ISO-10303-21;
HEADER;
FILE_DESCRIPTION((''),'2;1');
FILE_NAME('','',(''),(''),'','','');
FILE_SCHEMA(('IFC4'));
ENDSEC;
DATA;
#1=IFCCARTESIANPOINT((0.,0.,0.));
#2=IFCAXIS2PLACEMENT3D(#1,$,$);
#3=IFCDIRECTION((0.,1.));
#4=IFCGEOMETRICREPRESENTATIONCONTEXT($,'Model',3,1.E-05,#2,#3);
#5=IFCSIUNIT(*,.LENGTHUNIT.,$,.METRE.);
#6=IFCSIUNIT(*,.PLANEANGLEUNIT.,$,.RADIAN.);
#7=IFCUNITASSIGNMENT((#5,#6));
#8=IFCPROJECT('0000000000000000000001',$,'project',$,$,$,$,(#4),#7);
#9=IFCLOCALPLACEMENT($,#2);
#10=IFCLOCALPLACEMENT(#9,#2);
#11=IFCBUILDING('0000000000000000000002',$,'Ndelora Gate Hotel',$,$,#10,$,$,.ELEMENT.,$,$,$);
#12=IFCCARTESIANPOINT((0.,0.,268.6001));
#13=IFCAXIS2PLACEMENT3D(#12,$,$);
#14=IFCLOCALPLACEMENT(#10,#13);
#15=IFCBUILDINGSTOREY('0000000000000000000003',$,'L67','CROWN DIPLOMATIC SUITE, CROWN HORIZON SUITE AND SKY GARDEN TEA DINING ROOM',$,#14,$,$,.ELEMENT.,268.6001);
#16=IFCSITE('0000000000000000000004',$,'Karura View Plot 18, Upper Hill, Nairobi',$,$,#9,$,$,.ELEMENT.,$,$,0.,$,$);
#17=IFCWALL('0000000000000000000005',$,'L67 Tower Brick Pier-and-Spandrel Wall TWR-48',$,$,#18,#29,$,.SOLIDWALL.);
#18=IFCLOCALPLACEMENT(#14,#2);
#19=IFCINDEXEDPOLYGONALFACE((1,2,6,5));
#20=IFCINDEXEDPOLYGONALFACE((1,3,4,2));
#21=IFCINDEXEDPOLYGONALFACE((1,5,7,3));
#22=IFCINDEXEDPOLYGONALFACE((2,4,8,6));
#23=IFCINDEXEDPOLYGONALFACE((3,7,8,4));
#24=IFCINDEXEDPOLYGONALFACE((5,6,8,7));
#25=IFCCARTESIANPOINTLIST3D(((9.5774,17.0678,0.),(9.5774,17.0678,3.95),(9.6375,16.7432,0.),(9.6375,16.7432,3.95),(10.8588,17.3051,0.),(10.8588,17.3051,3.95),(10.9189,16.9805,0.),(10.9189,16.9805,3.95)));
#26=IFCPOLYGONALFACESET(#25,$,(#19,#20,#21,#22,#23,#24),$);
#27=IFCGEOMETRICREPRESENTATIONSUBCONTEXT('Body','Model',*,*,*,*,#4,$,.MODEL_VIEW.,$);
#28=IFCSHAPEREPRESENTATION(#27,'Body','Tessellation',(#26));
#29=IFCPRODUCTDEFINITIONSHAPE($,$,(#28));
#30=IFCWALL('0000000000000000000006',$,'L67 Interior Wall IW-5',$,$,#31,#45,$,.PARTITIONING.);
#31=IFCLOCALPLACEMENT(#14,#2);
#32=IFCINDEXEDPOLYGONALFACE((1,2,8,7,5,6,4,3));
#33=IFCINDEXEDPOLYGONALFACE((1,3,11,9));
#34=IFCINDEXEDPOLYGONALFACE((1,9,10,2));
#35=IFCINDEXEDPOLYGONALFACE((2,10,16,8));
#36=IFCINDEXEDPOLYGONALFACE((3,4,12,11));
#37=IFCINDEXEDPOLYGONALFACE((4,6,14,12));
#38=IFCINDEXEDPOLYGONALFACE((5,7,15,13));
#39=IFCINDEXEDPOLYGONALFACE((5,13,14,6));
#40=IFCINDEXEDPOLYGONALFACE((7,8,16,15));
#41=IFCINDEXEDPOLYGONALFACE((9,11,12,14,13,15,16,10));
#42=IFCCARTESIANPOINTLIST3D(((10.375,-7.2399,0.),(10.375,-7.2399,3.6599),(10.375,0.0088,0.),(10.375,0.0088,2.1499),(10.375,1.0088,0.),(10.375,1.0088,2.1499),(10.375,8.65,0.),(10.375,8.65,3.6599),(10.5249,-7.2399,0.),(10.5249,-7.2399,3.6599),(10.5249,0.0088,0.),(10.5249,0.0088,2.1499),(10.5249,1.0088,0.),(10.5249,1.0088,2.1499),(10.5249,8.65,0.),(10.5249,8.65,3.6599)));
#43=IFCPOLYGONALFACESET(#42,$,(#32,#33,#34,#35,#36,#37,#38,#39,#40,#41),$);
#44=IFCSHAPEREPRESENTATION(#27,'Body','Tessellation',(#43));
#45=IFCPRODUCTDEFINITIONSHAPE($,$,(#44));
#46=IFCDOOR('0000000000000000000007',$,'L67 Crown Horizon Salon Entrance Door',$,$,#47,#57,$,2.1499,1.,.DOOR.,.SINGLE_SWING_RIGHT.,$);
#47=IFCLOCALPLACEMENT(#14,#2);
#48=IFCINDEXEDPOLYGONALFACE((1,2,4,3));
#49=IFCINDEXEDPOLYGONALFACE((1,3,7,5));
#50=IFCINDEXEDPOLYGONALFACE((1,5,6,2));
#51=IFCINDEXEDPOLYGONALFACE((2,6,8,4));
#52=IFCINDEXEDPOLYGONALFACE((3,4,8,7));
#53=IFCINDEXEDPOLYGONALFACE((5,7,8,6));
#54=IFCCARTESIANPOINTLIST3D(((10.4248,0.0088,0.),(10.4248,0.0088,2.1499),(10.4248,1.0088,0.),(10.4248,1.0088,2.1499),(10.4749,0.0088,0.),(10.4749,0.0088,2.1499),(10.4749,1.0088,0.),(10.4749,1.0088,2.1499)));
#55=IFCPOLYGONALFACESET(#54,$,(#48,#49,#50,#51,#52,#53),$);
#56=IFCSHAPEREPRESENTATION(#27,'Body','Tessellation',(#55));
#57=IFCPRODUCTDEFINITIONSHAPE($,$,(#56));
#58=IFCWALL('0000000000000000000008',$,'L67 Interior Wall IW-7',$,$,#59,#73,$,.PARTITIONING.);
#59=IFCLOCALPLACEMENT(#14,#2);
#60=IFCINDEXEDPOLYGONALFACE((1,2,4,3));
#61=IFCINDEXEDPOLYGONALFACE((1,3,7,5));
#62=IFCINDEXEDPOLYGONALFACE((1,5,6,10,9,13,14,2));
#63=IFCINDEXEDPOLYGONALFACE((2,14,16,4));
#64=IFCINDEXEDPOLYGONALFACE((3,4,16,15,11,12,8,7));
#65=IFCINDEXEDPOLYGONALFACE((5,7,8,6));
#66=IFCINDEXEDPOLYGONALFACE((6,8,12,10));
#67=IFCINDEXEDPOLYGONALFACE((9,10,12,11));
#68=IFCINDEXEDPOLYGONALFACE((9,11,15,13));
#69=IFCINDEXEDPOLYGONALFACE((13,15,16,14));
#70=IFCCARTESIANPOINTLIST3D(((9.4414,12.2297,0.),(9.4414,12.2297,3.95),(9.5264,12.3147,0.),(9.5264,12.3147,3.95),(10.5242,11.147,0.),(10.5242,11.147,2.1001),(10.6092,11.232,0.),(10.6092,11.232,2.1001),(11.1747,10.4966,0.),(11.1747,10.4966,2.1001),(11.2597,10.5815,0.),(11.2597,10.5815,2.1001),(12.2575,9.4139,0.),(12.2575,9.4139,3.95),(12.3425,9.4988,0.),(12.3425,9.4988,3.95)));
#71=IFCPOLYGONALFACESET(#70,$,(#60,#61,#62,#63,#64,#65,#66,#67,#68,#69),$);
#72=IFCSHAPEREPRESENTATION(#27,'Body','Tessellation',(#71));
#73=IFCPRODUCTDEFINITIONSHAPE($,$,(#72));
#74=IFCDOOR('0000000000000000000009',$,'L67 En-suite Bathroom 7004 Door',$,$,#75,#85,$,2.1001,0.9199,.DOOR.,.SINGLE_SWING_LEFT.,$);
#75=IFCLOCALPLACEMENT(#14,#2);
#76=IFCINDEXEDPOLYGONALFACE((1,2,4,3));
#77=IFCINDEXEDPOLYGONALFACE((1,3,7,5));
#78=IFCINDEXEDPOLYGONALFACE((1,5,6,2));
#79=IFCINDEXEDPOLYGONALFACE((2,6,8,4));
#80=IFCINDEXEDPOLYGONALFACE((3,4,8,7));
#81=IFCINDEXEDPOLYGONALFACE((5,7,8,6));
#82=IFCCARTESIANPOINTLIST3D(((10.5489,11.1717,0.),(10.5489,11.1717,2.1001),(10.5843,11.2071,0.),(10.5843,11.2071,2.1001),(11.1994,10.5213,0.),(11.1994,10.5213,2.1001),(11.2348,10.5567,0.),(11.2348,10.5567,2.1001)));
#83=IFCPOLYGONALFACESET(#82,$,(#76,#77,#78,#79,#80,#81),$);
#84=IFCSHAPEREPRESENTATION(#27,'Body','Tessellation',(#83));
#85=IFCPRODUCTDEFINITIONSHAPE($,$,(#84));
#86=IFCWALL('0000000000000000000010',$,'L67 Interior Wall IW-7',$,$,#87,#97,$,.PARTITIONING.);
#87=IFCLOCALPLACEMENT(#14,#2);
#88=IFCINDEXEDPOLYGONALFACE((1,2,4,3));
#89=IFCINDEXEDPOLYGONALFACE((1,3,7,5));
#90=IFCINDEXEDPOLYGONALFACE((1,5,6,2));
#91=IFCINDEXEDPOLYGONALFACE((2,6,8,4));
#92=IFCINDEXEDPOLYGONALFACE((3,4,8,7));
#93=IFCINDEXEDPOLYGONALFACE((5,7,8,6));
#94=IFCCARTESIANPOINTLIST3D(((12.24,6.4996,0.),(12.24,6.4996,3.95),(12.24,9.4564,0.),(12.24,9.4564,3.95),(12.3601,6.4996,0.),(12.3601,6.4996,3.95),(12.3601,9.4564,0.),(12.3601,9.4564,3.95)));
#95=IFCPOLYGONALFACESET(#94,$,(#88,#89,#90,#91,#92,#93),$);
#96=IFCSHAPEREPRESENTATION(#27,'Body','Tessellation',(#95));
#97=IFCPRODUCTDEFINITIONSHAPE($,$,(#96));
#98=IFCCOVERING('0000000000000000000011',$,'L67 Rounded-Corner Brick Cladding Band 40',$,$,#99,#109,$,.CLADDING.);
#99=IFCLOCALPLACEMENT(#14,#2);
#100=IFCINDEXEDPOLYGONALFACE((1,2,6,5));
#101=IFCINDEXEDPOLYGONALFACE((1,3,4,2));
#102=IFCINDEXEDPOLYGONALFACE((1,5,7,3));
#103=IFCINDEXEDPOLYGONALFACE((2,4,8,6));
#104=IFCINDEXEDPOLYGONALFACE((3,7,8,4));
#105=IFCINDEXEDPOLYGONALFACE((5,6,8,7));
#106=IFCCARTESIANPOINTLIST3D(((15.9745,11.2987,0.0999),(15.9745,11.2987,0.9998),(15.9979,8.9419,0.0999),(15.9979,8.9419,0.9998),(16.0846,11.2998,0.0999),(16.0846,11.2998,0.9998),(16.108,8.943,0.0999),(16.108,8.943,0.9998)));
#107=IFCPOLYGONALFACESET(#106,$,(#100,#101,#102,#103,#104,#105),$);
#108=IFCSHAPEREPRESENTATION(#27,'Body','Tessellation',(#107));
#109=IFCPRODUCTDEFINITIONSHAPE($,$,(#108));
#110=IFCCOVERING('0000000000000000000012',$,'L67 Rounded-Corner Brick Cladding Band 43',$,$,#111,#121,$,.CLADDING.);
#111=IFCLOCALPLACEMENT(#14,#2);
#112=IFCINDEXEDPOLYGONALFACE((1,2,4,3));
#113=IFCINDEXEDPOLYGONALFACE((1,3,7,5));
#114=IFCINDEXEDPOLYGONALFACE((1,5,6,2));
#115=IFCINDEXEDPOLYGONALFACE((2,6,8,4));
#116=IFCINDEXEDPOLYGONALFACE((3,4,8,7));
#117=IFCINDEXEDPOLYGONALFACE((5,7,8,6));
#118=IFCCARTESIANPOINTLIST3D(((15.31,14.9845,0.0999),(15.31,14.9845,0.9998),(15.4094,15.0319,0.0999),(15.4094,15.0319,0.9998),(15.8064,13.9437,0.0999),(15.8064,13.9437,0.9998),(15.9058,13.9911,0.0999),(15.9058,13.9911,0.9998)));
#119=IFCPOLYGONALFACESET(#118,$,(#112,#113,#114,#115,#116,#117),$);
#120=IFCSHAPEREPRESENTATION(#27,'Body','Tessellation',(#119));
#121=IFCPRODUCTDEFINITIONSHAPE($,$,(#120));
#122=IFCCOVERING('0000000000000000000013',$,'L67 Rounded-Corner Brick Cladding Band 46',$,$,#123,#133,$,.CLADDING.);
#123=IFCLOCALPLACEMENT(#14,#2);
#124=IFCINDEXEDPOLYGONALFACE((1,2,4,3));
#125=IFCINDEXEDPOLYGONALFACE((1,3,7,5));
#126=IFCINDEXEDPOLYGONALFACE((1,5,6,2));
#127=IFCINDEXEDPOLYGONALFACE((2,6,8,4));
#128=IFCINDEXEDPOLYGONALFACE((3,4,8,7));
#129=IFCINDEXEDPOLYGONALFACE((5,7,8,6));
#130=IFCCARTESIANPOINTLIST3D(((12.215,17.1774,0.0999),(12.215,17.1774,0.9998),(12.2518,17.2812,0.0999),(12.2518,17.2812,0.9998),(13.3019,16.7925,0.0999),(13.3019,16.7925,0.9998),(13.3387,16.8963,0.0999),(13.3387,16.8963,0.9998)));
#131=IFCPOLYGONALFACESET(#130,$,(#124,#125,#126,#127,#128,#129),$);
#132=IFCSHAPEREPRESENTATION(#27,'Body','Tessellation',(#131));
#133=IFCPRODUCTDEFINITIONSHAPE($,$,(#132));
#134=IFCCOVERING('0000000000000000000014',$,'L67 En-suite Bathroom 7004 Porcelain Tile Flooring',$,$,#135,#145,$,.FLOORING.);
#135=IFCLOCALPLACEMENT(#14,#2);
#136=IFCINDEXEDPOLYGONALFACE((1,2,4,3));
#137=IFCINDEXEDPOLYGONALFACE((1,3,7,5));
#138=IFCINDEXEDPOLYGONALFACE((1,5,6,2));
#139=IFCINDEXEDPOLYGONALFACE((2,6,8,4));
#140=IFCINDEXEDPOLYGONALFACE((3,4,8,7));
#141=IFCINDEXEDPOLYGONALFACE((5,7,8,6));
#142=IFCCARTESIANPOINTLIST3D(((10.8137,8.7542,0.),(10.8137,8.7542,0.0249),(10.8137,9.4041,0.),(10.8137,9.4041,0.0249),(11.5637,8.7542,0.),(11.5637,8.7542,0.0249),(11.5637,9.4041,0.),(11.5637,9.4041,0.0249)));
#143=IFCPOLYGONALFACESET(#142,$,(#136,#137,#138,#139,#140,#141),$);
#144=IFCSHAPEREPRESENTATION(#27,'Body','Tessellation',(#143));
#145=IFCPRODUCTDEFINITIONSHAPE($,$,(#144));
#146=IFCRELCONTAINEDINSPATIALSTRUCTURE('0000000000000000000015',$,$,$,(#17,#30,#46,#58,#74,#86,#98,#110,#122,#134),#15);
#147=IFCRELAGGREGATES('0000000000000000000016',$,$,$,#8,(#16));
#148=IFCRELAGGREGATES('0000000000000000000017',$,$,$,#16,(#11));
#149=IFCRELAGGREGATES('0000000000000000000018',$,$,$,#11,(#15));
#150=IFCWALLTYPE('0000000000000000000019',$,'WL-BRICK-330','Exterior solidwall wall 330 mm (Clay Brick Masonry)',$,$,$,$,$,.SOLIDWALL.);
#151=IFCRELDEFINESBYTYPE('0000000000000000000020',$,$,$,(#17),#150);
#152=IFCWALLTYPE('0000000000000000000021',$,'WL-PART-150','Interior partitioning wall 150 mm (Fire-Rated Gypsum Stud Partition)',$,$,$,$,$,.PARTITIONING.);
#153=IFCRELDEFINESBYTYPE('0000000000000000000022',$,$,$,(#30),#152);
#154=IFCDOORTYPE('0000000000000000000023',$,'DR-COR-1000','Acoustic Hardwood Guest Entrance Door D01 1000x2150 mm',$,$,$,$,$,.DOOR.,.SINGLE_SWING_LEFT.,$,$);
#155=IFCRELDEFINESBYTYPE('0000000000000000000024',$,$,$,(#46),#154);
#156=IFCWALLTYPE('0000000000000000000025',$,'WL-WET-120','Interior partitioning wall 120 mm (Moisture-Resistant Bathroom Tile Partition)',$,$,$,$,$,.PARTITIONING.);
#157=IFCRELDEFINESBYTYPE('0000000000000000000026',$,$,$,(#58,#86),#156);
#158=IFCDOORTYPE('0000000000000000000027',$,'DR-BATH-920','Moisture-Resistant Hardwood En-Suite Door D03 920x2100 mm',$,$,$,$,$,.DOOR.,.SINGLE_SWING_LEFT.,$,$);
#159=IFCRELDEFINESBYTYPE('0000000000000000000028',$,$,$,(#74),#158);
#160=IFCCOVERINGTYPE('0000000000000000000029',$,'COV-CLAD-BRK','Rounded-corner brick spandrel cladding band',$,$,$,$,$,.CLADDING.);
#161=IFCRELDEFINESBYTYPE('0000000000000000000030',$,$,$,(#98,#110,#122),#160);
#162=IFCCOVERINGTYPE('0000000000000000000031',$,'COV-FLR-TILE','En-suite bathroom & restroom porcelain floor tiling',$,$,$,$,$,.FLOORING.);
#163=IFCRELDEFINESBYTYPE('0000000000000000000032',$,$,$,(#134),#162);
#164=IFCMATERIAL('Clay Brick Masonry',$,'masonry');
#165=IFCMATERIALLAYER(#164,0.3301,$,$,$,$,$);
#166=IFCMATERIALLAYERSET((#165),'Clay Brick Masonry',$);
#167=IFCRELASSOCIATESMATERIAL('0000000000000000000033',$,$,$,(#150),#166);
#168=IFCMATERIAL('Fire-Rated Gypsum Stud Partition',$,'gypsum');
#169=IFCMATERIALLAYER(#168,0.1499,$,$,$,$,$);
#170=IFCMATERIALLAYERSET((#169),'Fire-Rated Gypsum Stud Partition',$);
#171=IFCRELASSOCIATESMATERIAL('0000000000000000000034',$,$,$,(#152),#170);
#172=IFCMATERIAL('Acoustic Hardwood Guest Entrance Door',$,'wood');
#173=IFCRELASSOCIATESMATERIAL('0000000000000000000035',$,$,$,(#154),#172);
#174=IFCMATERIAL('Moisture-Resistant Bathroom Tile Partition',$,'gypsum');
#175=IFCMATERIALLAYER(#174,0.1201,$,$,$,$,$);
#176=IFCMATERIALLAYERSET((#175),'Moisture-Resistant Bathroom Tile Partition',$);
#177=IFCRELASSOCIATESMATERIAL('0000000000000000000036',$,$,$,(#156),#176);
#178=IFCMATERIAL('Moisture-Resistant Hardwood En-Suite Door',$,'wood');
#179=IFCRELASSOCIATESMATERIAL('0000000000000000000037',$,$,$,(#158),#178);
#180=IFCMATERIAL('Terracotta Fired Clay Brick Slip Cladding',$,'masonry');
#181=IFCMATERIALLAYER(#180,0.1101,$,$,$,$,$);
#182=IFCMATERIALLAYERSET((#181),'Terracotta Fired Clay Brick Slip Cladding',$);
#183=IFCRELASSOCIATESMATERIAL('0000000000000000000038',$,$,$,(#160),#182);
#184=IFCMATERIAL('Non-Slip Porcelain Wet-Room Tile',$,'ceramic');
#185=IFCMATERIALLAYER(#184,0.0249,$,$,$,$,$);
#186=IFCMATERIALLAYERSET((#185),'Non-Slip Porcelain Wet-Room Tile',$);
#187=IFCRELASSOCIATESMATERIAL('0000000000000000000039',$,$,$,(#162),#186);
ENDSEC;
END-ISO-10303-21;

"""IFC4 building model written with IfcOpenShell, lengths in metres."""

from ifc_helpers import new_model, si_unit, direction, frame, frame_2d, origin, origin_2d, place, context, subcontext, project, spatial, rectangle, extrude, material, layer, layer_set, type_object, element, fill, save


model = new_model("IFC4")

# Units and contexts
model_context = context("Model", 3, precision=1e-05, world=origin(), true_north=direction((0.0, 1.0)))
body_context = subcontext(model_context, "Body", "Model", "MODEL_VIEW")
ifc_project = project(units=[si_unit("LENGTHUNIT", "METRE"), si_unit("PLANEANGLEUNIT", "RADIAN")], contexts=[model_context])

# Site, building, storey
site_placement = place(None, origin())
site = spatial("IfcSite", under=ifc_project, at=site_placement, Name="Karura View Plot 18, Upper Hill, Nairobi", CompositionType="ELEMENT", RefElevation=0.0)
building_placement = place(site_placement, origin())
building = spatial("IfcBuilding", under=site, at=building_placement, Name="Ndelora Gate Hotel", CompositionType="ELEMENT")
storey_placement = place(building_placement, frame((0.0, 0.0, 268.6001)))
storey = spatial("IfcBuildingStorey", under=building, at=storey_placement, Name="L67", Description="CROWN DIPLOMATIC SUITE, CROWN HORIZON SUITE AND SKY GARDEN TEA DINING ROOM", CompositionType="ELEMENT", Elevation=268.6001)

# Shared definitions
ifc_material_1 = material(Name="Clay Brick Masonry", Category="masonry")
ifc_layer_1 = layer(ifc_material_1, 0.3301)
ifc_layer_set_1 = layer_set([ifc_layer_1], Name="Clay Brick Masonry")
wall_type_1 = type_object("IfcWallType", Name="WL-BRICK-330", Description="Exterior solidwall wall 330 mm (Clay Brick Masonry)", PredefinedType="SOLIDWALL", material=ifc_layer_set_1)

# Wall
wall_1_placement = place(storey_placement, frame((9.6074, 16.9055, 0.0), z_axis=(0.0, 0.0, 1.0), x_axis=(0.983283, 0.182083, 0.0)))
element("IfcWall", 1, at=wall_1_placement, inside=storey, type_object=wall_type_1, Name="L67 Tower Brick Pier-and-Spandrel Wall TWR-48", PredefinedType="SOLIDWALL", context=body_context, shape_type="SweptSolid", body=[
    extrude(rectangle(XDim=1.3032, YDim=0.3301, at=frame_2d((0.6516, 0.0))), origin(), (0.0, 0.0, 1.0), 3.95),
])

# Walls, openings, doors
ifc_material_2 = material(Name="Fire-Rated Gypsum Stud Partition", Category="gypsum")
ifc_layer_2 = layer(ifc_material_2, 0.1499)
ifc_layer_set_2 = layer_set([ifc_layer_2], Name="Fire-Rated Gypsum Stud Partition")
wall_type_2 = type_object("IfcWallType", Name="WL-PART-150", Description="Interior partitioning wall 150 mm (Fire-Rated Gypsum Stud Partition)", PredefinedType="PARTITIONING", material=ifc_layer_set_2)
wall_2_placement = place(storey_placement, frame((10.45, 8.6499, 0.0), z_axis=(0.0, 0.0, 1.0), x_axis=(0.0, -1.0, 0.0)))
wall_2 = element("IfcWall", 2, at=wall_2_placement, inside=storey, type_object=wall_type_2, Name="L67 Interior Wall IW-5", PredefinedType="PARTITIONING", context=body_context, shape_type="SweptSolid", body=[
    extrude(rectangle(XDim=15.8899, YDim=0.1499, at=frame_2d((7.9448, 0.0))), origin(), (0.0, 0.0, 1.0), 3.6599),
])
opening_1_placement = place(wall_2_placement, frame((7.6411, 0.0, 0.0)))
opening_1 = element("IfcOpeningElement", 3, at=opening_1_placement, cuts=wall_2, PredefinedType="OPENING", context=body_context, shape_type="SweptSolid", body=[
    extrude(rectangle(XDim=1.0, YDim=2.1499, at=frame_2d((0.5, 1.075))), frame((0.0, 0.085, 0.0), z_axis=(0.0, -1.0, 0.0), x_axis=(1.0, 0.0, 0.0)), (0.0, 0.0, 1.0), 0.1699),
])
ifc_material_3 = material(Name="Acoustic Hardwood Guest Entrance Door", Category="wood")
door_type_1 = type_object("IfcDoorType", Name="DR-COR-1000", Description="Acoustic Hardwood Guest Entrance Door D01 1000x2150 mm", OperationType="SINGLE_SWING_LEFT", PredefinedType="DOOR", material=ifc_material_3)
door_1_placement = place(opening_1_placement, origin())
door_1 = element("IfcDoor", 4, at=door_1_placement, inside=storey, type_object=door_type_1, Name="L67 Crown Horizon Salon Entrance Door", OperationType="SINGLE_SWING_RIGHT", OverallHeight=2.1499, OverallWidth=1.0, PredefinedType="DOOR", context=body_context, shape_type="SweptSolid", body=[
    extrude(rectangle(XDim=1.0, YDim=2.1499, at=frame_2d((0.5, 1.075))), frame((0.0, 0.0249, 0.0), z_axis=(0.0, -1.0, 0.0), x_axis=(1.0, 0.0, 0.0)), (0.0, 0.0, 1.0), 0.05),
])
fill(opening_1, door_1)
ifc_material_4 = material(Name="Moisture-Resistant Bathroom Tile Partition", Category="gypsum")
ifc_layer_3 = layer(ifc_material_4, 0.1201)
ifc_layer_set_3 = layer_set([ifc_layer_3], Name="Moisture-Resistant Bathroom Tile Partition")
wall_type_3 = type_object("IfcWallType", Name="WL-WET-120", Description="Interior partitioning wall 120 mm (Moisture-Resistant Bathroom Tile Partition)", PredefinedType="PARTITIONING", material=ifc_layer_set_3)
wall_3_placement = place(storey_placement, frame((9.4839, 12.2722, 0.0), z_axis=(0.0, 0.0, 1.0), x_axis=(0.707137, -0.707076, 0.0)))
wall_3 = element("IfcWall", 5, at=wall_3_placement, inside=storey, type_object=wall_type_3, Name="L67 Interior Wall IW-7", PredefinedType="PARTITIONING", context=body_context, shape_type="SweptSolid", body=[
    extrude(rectangle(XDim=3.9824, YDim=0.1201, at=frame_2d((1.9912, 0.0))), origin(), (0.0, 0.0, 1.0), 3.95),
])
opening_2_placement = place(wall_3_placement, frame((1.5312, 0.0, 0.0)))
opening_2 = element("IfcOpeningElement", 6, at=opening_2_placement, cuts=wall_3, PredefinedType="OPENING", context=body_context, shape_type="SweptSolid", body=[
    extrude(rectangle(XDim=0.9199, YDim=2.1001, at=frame_2d((0.46, 1.05))), frame((0.0, 0.0701, 0.0), z_axis=(0.0, -1.0, 0.0), x_axis=(1.0, 0.0, 0.0)), (0.0, 0.0, 1.0), 0.1401),
])
ifc_material_5 = material(Name="Moisture-Resistant Hardwood En-Suite Door", Category="wood")
door_type_2 = type_object("IfcDoorType", Name="DR-BATH-920", Description="Moisture-Resistant Hardwood En-Suite Door D03 920x2100 mm", OperationType="SINGLE_SWING_LEFT", PredefinedType="DOOR", material=ifc_material_5)
door_2_placement = place(opening_2_placement, origin())
door_2 = element("IfcDoor", 7, at=door_2_placement, inside=storey, type_object=door_type_2, Name="L67 En-suite Bathroom 7004 Door", OperationType="SINGLE_SWING_LEFT", OverallHeight=2.1001, OverallWidth=0.9199, PredefinedType="DOOR", context=body_context, shape_type="SweptSolid", body=[
    extrude(rectangle(XDim=0.9199, YDim=2.1001, at=frame_2d((0.46, 1.05))), frame((0.0, 0.0249, 0.0), z_axis=(0.0, -1.0, 0.0), x_axis=(1.0, 0.0, 0.0)), (0.0, 0.0, 1.0), 0.05),
])
fill(opening_2, door_2)

# Wall
wall_4_placement = place(storey_placement, frame((12.3, 6.4995, 0.0), z_axis=(0.0, 0.0, 1.0), x_axis=(0.0, 1.0, 0.0)))
element("IfcWall", 8, at=wall_4_placement, inside=storey, type_object=wall_type_3, Name="L67 Interior Wall IW-7", PredefinedType="PARTITIONING", context=body_context, shape_type="SweptSolid", body=[
    extrude(rectangle(XDim=2.9568, YDim=0.1201, at=frame_2d((1.4785, 0.0))), origin(), (0.0, 0.0, 1.0), 3.95),
])

# Coverings
ifc_material_6 = material(Name="Terracotta Fired Clay Brick Slip Cladding", Category="masonry")
ifc_layer_4 = layer(ifc_material_6, 0.1101)
ifc_layer_set_4 = layer_set([ifc_layer_4], Name="Terracotta Fired Clay Brick Slip Cladding")
covering_type_1 = type_object("IfcCoveringType", Name="COV-CLAD-BRK", Description="Rounded-corner brick spandrel cladding band", PredefinedType="CLADDING", material=ifc_layer_set_4)
covering_1_placement = place(storey_placement, frame((16.0413, 10.1208, 0.0999), z_axis=(0.0, 0.0, 1.0), x_axis=(-0.009948, 0.999951, 0.0)))
element("IfcCovering", 9, at=covering_1_placement, inside=storey, type_object=covering_type_1, Name="L67 Rounded-Corner Brick Cladding Band 40", PredefinedType="CLADDING", context=body_context, shape_type="SweptSolid", body=[
    extrude(rectangle(XDim=2.3569, YDim=0.1101, at=origin_2d()), origin(), (0.0, 0.0, 1.0), 0.8999),
])
for number, where, z_axis, x_axis, name in (
    (10, (15.6079, 14.4878, 0.0999), (0.0, 0.0, 1.0), (-0.430511, 0.902585, 0.0), "L67 Rounded-Corner Brick Cladding Band 43"),
    (11, (12.7769, 17.0369, 0.0999), (0.0, 0.0, 1.0), (-0.942641, 0.333807, 0.0), "L67 Rounded-Corner Brick Cladding Band 46"),
):
    element("IfcCovering", number, at=place(storey_placement, frame(where, z_axis=z_axis, x_axis=x_axis)), inside=storey, type_object=covering_type_1, Name=name, PredefinedType="CLADDING", context=body_context, shape_type="SweptSolid", body=[
        extrude(rectangle(XDim=1.1531, YDim=0.1101, at=origin_2d()), origin(), (0.0, 0.0, 1.0), 0.8999),
    ])
ifc_material_7 = material(Name="Non-Slip Porcelain Wet-Room Tile", Category="ceramic")
ifc_layer_5 = layer(ifc_material_7, 0.0249)
ifc_layer_set_5 = layer_set([ifc_layer_5], Name="Non-Slip Porcelain Wet-Room Tile")
covering_type_2 = type_object("IfcCoveringType", Name="COV-FLR-TILE", Description="En-suite bathroom & restroom porcelain floor tiling", PredefinedType="FLOORING", material=ifc_layer_set_5)
covering_2_placement = place(storey_placement, frame((11.1887, 9.0791, 0.0), z_axis=(0.0, 0.0, 1.0), x_axis=(1.0, 0.0, 0.0)))
element("IfcCovering", 12, at=covering_2_placement, inside=storey, type_object=covering_type_2, Name="L67 En-suite Bathroom 7004 Porcelain Tile Flooring", PredefinedType="FLOORING", context=body_context, shape_type="SweptSolid", body=[
    extrude(rectangle(XDim=0.75, YDim=0.6499, at=origin_2d()), origin(), (0.0, 0.0, 1.0), 0.0249),
])

save(model, "model.ifc")
